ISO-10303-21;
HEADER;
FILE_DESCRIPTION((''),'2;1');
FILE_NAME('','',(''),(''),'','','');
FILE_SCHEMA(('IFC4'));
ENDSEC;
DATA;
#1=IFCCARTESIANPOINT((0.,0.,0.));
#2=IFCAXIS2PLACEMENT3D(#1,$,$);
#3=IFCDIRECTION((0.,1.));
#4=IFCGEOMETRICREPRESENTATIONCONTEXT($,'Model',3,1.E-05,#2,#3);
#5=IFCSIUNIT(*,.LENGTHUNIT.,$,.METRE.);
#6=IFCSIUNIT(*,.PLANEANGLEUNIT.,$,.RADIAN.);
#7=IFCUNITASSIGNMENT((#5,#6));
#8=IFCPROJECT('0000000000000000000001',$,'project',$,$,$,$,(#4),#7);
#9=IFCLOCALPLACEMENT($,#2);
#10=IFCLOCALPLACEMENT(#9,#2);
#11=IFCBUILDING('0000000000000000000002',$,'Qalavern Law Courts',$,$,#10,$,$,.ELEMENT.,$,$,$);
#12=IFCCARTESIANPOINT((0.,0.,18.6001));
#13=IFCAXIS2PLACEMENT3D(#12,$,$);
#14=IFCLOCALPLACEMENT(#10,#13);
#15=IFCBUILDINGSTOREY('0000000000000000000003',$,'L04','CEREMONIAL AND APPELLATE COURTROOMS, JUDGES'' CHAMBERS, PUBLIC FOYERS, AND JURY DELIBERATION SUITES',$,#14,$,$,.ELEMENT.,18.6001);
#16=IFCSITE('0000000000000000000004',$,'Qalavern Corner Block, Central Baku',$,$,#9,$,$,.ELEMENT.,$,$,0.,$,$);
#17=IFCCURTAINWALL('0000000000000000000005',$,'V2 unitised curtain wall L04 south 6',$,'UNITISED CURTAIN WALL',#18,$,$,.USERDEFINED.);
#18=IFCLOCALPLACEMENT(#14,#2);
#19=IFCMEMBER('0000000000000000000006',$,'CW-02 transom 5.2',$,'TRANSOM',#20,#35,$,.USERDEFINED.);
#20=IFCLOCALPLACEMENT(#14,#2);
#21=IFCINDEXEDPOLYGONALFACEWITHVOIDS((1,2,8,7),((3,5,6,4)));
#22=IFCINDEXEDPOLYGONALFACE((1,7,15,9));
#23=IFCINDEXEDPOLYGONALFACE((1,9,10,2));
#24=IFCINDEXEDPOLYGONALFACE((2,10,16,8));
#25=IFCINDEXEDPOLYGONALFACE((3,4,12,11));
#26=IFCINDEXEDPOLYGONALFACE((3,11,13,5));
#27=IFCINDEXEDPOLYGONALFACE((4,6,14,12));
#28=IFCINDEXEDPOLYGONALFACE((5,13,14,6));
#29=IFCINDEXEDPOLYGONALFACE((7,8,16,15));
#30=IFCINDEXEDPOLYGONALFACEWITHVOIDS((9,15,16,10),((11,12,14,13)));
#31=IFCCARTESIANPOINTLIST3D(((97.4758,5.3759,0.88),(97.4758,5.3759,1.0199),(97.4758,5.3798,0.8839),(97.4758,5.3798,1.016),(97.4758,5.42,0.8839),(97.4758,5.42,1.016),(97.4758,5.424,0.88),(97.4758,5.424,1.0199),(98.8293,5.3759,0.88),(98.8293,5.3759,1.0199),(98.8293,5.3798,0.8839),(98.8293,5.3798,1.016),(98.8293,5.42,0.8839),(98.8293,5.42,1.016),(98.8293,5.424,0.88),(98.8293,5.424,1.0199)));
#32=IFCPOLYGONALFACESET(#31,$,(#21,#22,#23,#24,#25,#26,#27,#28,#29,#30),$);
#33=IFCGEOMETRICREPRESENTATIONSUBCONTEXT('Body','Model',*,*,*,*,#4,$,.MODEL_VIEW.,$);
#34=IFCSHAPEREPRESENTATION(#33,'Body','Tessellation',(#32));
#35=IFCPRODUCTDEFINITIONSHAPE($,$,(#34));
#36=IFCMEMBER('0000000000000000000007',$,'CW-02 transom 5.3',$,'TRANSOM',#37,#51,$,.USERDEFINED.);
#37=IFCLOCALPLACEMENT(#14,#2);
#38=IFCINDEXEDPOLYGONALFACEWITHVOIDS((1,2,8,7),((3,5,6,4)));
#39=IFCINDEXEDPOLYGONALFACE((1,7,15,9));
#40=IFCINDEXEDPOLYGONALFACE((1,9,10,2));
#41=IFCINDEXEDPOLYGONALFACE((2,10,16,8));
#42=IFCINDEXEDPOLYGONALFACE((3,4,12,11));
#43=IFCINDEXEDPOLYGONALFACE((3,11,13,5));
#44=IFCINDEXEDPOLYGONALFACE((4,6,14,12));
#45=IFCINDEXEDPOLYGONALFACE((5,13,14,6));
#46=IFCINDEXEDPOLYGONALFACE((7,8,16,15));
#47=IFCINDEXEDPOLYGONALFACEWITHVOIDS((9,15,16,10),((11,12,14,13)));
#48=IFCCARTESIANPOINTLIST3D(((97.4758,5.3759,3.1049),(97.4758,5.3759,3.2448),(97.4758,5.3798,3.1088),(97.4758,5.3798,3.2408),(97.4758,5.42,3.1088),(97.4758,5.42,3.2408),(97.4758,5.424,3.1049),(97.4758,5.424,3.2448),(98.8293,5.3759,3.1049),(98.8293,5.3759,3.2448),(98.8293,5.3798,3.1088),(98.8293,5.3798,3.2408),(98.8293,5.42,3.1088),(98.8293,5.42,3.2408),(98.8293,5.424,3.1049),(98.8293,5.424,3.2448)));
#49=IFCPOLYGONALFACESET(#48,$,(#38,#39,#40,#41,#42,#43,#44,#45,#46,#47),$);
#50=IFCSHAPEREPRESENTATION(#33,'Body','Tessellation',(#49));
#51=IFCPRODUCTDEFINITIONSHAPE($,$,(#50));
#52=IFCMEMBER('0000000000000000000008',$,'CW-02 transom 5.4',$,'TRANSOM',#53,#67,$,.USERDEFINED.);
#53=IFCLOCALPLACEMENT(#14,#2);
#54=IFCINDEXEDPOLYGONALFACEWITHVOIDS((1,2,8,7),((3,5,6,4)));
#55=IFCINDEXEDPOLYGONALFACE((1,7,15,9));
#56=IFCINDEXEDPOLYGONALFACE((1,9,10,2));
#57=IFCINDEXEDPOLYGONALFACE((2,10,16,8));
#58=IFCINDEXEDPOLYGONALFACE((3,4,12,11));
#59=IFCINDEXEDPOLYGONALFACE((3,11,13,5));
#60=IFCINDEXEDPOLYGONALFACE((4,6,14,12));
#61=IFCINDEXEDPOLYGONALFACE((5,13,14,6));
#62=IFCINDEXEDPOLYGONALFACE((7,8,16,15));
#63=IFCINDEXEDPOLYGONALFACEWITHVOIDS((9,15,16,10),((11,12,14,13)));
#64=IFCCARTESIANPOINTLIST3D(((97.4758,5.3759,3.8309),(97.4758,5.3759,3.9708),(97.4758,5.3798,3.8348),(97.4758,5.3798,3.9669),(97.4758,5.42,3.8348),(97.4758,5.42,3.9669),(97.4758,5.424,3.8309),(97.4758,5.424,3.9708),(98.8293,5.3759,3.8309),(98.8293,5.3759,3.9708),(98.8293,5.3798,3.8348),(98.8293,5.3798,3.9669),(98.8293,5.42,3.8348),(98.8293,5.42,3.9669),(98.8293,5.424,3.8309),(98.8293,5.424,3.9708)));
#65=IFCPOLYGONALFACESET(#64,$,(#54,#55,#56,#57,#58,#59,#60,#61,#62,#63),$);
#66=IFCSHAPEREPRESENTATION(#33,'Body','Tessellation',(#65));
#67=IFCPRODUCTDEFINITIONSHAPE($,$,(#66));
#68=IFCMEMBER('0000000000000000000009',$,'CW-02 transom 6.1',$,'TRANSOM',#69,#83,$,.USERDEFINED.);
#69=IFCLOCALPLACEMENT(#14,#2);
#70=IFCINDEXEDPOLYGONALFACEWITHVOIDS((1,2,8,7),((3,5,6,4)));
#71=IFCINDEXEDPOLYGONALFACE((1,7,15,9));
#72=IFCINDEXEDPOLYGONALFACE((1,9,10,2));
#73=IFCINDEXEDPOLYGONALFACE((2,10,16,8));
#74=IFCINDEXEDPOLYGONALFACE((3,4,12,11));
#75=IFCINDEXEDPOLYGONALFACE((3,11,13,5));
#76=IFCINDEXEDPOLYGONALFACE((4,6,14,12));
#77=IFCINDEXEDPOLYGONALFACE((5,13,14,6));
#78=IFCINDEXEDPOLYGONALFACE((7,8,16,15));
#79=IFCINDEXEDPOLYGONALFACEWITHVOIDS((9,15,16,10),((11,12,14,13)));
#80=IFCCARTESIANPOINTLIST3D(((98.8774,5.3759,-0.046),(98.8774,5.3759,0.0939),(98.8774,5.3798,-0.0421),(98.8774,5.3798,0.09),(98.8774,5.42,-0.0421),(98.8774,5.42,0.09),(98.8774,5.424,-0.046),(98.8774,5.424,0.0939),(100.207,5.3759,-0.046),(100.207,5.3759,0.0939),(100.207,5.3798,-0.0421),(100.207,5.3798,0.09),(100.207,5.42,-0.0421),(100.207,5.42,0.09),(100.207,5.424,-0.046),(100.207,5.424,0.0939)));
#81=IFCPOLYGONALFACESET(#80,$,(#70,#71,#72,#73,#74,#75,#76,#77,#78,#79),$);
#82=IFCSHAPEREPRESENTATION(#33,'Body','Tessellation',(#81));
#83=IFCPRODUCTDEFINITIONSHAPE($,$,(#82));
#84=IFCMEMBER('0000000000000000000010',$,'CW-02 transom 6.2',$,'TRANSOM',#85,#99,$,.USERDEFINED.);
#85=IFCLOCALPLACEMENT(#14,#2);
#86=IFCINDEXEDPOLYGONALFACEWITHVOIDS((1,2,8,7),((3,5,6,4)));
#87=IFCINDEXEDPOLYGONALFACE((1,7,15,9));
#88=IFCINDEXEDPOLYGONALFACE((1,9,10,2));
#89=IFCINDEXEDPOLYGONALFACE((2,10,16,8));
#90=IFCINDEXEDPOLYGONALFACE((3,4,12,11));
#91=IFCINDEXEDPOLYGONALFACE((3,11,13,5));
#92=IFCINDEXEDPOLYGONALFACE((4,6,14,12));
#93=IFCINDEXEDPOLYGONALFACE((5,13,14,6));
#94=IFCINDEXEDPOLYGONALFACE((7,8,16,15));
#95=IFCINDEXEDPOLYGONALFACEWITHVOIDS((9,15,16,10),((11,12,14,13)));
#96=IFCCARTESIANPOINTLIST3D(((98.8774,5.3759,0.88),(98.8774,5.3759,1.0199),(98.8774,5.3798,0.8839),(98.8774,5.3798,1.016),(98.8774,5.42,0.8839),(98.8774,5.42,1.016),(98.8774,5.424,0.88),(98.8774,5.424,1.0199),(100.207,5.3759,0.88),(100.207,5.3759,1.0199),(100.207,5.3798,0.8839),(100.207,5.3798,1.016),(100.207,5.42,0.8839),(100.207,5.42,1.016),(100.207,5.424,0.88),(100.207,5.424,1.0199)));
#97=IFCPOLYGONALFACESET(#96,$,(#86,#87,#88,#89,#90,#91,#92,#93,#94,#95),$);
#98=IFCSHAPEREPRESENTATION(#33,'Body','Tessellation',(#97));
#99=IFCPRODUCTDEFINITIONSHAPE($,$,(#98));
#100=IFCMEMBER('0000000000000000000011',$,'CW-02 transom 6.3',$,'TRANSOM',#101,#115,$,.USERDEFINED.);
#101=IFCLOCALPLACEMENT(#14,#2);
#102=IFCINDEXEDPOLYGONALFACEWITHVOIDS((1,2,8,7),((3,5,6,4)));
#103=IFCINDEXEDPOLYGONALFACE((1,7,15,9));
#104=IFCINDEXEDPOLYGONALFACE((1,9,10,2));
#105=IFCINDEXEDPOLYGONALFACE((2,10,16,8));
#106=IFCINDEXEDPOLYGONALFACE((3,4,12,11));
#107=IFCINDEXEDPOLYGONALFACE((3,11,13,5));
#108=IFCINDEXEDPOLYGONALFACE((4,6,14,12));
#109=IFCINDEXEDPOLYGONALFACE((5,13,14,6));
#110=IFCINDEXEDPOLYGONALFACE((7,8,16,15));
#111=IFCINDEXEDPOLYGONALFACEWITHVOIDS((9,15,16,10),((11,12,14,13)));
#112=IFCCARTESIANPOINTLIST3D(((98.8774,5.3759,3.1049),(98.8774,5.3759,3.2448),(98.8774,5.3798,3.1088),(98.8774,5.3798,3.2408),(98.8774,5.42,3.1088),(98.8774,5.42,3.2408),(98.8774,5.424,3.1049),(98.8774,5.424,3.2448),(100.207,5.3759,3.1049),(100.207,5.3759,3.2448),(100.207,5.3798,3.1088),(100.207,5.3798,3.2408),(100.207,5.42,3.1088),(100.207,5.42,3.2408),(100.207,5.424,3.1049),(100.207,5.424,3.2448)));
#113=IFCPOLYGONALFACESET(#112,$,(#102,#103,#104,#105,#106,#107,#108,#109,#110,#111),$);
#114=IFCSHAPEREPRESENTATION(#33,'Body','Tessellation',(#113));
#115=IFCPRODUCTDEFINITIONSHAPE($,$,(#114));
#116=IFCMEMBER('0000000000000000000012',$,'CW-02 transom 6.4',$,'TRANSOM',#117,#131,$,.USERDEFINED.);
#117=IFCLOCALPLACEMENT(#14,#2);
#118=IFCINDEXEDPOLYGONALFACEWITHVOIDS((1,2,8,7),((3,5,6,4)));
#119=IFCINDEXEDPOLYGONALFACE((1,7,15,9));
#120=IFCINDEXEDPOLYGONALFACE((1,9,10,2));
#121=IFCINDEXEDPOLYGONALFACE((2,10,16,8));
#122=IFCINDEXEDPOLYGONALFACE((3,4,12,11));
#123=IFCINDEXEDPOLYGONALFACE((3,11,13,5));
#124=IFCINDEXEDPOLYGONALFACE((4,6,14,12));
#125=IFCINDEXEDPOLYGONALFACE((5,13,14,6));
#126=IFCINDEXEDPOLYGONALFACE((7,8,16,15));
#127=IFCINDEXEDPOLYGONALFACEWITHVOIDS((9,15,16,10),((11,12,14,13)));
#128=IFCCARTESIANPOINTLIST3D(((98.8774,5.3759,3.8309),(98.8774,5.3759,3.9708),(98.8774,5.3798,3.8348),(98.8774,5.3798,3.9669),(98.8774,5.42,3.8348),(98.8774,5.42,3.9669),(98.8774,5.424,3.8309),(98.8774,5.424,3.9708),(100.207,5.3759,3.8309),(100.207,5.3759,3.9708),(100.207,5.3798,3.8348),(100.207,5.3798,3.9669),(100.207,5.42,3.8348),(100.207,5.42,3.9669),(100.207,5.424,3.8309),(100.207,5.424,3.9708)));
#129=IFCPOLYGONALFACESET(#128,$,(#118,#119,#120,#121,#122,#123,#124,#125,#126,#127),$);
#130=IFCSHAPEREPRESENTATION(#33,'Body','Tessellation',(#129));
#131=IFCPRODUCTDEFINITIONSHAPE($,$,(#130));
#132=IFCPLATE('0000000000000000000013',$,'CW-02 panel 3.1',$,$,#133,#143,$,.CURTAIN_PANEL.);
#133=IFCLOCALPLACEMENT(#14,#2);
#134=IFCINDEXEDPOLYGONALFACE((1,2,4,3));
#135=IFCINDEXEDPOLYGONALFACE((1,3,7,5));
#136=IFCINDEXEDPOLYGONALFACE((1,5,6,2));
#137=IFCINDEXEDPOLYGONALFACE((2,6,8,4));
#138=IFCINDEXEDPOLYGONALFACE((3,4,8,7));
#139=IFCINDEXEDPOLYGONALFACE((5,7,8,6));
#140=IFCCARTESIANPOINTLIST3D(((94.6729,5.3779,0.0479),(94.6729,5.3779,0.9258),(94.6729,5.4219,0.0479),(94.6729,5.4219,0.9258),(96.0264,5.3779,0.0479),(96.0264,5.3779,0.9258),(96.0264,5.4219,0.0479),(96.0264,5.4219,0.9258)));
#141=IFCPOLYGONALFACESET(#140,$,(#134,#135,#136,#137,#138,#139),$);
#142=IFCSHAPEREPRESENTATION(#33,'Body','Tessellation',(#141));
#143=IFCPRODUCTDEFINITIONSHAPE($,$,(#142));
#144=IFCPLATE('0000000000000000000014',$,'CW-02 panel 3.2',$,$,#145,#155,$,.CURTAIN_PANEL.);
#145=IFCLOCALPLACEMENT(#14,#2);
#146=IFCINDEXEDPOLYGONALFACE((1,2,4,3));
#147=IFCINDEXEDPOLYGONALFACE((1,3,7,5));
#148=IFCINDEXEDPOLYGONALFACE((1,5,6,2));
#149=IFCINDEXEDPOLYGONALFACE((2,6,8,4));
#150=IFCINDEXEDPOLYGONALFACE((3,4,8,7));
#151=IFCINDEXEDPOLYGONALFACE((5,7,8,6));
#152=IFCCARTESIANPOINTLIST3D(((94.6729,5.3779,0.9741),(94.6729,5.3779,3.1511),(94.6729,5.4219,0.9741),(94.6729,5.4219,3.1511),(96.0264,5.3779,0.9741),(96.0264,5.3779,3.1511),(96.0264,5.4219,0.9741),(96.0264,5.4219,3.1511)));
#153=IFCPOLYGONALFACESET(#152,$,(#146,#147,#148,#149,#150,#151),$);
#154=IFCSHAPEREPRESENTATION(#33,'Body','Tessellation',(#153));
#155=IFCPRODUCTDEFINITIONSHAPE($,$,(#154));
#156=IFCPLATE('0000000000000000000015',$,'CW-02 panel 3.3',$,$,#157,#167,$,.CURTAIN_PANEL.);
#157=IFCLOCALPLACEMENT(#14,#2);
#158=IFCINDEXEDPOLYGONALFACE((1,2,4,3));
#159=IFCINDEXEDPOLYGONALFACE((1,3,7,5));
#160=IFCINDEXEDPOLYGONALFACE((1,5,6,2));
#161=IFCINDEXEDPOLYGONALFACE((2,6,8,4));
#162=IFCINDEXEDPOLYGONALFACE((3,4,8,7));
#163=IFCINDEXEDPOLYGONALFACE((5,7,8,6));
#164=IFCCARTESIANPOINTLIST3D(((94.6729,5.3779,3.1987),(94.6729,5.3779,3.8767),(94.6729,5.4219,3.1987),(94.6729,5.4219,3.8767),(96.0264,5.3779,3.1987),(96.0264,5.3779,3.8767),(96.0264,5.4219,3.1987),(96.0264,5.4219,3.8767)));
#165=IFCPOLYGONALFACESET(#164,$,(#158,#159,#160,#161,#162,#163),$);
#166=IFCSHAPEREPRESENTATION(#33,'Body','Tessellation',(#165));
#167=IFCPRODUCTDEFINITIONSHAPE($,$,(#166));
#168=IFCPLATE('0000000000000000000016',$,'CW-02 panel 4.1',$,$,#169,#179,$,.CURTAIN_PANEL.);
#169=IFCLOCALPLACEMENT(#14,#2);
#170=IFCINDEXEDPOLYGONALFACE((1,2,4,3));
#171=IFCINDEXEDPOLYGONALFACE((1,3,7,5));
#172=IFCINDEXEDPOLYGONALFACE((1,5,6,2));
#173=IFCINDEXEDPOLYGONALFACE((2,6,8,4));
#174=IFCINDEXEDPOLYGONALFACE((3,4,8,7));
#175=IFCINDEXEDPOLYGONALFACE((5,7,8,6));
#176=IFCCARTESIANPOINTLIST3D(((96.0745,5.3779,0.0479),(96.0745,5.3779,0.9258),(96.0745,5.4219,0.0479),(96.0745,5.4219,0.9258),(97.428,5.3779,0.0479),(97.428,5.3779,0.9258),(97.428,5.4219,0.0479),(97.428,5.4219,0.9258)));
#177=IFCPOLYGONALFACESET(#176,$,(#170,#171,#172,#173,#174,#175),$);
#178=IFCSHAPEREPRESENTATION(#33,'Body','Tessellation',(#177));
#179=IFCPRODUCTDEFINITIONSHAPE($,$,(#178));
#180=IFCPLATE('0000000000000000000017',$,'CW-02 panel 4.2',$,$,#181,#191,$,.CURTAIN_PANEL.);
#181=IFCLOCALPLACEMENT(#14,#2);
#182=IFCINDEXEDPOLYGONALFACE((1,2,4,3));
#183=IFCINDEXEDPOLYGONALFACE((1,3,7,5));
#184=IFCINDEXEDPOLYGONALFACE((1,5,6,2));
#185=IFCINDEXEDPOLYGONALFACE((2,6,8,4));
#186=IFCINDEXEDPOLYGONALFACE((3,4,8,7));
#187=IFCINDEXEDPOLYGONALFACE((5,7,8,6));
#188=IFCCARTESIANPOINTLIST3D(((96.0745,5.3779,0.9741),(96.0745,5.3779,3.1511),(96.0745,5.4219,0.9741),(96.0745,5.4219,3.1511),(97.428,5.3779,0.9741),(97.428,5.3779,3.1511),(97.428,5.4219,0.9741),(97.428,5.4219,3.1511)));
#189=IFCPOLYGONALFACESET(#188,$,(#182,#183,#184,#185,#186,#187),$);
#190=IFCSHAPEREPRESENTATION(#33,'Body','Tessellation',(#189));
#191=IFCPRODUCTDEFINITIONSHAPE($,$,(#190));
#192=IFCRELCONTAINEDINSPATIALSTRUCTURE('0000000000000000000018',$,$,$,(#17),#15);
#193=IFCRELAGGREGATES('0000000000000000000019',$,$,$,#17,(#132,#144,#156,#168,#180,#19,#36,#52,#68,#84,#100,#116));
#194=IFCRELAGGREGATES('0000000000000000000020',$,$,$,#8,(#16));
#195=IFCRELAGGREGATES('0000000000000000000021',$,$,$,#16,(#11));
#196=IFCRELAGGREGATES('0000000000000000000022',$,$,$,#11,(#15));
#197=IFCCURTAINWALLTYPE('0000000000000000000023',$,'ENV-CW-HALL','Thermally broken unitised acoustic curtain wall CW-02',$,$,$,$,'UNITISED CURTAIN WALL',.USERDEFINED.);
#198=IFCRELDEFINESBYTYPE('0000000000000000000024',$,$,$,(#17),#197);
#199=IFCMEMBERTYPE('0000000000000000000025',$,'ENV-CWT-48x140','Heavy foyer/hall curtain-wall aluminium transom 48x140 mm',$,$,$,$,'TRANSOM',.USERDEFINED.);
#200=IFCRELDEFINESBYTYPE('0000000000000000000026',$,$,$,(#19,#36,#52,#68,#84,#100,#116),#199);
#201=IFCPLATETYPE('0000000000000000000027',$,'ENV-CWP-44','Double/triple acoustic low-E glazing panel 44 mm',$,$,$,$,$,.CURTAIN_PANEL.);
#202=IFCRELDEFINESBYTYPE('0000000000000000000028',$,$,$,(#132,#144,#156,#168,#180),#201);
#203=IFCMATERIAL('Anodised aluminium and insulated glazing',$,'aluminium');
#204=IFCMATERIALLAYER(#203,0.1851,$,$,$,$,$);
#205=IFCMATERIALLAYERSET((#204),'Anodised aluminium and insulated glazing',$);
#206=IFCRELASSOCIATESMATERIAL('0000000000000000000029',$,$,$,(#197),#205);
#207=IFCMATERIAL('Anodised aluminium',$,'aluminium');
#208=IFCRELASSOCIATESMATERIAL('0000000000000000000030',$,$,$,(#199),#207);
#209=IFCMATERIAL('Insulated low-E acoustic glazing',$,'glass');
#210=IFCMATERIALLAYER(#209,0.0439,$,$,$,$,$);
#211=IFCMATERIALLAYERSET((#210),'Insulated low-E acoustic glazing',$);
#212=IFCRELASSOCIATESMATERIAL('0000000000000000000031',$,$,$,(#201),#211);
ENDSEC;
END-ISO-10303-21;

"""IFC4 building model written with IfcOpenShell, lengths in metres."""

from ifc_helpers import new_model, si_unit, direction, frame, origin, origin_2d, place, context, subcontext, project, spatial, rectangle, hollow_rectangle, extrude, material, layer, layer_set, material_profile, profile_set, type_object, element, aggregate, save


model = new_model("IFC4")

# Units and contexts
model_context = context("Model", 3, precision=1e-05, world=origin(), true_north=direction((0.0, 1.0)))
body_context = subcontext(model_context, "Body", "Model", "MODEL_VIEW")
ifc_project = project(units=[si_unit("LENGTHUNIT", "METRE"), si_unit("PLANEANGLEUNIT", "RADIAN")], contexts=[model_context])

# Site, building, storey
site_placement = place(None, origin())
site = spatial("IfcSite", under=ifc_project, at=site_placement, Name="Qalavern Corner Block, Central Baku", CompositionType="ELEMENT", RefElevation=0.0)
building_placement = place(site_placement, origin())
building = spatial("IfcBuilding", under=site, at=building_placement, Name="Qalavern Law Courts", CompositionType="ELEMENT")
storey_placement = place(building_placement, frame((0.0, 0.0, 18.6001)))
storey = spatial("IfcBuildingStorey", under=building, at=storey_placement, Name="L04", Description="CEREMONIAL AND APPELLATE COURTROOMS, JUDGES' CHAMBERS, PUBLIC FOYERS, AND JURY DELIBERATION SUITES", CompositionType="ELEMENT", Elevation=18.6001)

# Curtain wall, members, plates
ifc_material_1 = material(Name="Anodised aluminium and insulated glazing", Category="aluminium")
ifc_layer_1 = layer(ifc_material_1, 0.1851)
ifc_layer_set_1 = layer_set([ifc_layer_1], Name="Anodised aluminium and insulated glazing")
curtain_wall_type = type_object("IfcCurtainWallType", Name="ENV-CW-HALL", Description="Thermally broken unitised acoustic curtain wall CW-02", ElementType="UNITISED CURTAIN WALL", PredefinedType="USERDEFINED", material=ifc_layer_set_1)
curtain_wall_placement = place(storey_placement, origin())
curtain_wall = element("IfcCurtainWall", 1, at=curtain_wall_placement, inside=storey, type_object=curtain_wall_type, Name="V2 unitised curtain wall L04 south 6", ObjectType="UNITISED CURTAIN WALL", PredefinedType="USERDEFINED")
ifc_material_2 = material(Name="Anodised aluminium", Category="aluminium")
ifc_material_profile_1 = material_profile(ifc_material_2, hollow_rectangle(XDim=0.0481, YDim=0.1399, WallThickness=0.0039, at=origin_2d()), Name="ALU TRANSOM 48x140")
ifc_profile_set_1 = profile_set([ifc_material_profile_1], Name="Anodised aluminium")
member_type_1 = type_object("IfcMemberType", Name="ENV-CWT-48x140", Description="Heavy foyer/hall curtain-wall aluminium transom 48x140 mm", ElementType="TRANSOM", PredefinedType="USERDEFINED", material=ifc_profile_set_1)
member_1_placement = place(storey_placement, frame((97.4758, 5.3999, 0.95), z_axis=(1.0, 0.0, 0.0), x_axis=(0.0, 1.0, 0.0)))
member_1 = element("IfcMember", 2, at=member_1_placement, type_object=member_type_1, Name="CW-02 transom 5.2", ObjectType="TRANSOM", PredefinedType="USERDEFINED", context=body_context, shape_type="SweptSolid", body=[
    extrude(hollow_rectangle(XDim=0.0481, YDim=0.1399, WallThickness=0.0039, at=origin_2d()), origin(), (0.0, 0.0, 1.0), 1.3535),
])
member_2_placement = place(storey_placement, frame((97.4758, 5.3999, 3.1748), z_axis=(1.0, 0.0, 0.0), x_axis=(0.0, 1.0, 0.0)))
member_2 = element("IfcMember", 3, at=member_2_placement, type_object=member_type_1, Name="CW-02 transom 5.3", ObjectType="TRANSOM", PredefinedType="USERDEFINED", context=body_context, shape_type="SweptSolid", body=[
    extrude(hollow_rectangle(XDim=0.0481, YDim=0.1399, WallThickness=0.0039, at=origin_2d()), origin(), (0.0, 0.0, 1.0), 1.3535),
])
member_3_placement = place(storey_placement, frame((97.4758, 5.3999, 3.9009), z_axis=(1.0, 0.0, 0.0), x_axis=(0.0, 1.0, 0.0)))
member_3 = element("IfcMember", 4, at=member_3_placement, type_object=member_type_1, Name="CW-02 transom 5.4", ObjectType="TRANSOM", PredefinedType="USERDEFINED", context=body_context, shape_type="SweptSolid", body=[
    extrude(hollow_rectangle(XDim=0.0481, YDim=0.1399, WallThickness=0.0039, at=origin_2d()), origin(), (0.0, 0.0, 1.0), 1.3535),
])
member_4_placement = place(storey_placement, frame((98.8774, 5.3999, 0.0239), z_axis=(1.0, 0.0, 0.0), x_axis=(0.0, 1.0, 0.0)))
member_4 = element("IfcMember", 5, at=member_4_placement, type_object=member_type_1, Name="CW-02 transom 6.1", ObjectType="TRANSOM", PredefinedType="USERDEFINED", context=body_context, shape_type="SweptSolid", body=[
    extrude(hollow_rectangle(XDim=0.0481, YDim=0.1399, WallThickness=0.0039, at=origin_2d()), origin(), (0.0, 0.0, 1.0), 1.3296),
])
member_5_placement = place(storey_placement, frame((98.8774, 5.3999, 0.95), z_axis=(1.0, 0.0, 0.0), x_axis=(0.0, 1.0, 0.0)))
member_5 = element("IfcMember", 6, at=member_5_placement, type_object=member_type_1, Name="CW-02 transom 6.2", ObjectType="TRANSOM", PredefinedType="USERDEFINED", context=body_context, shape_type="SweptSolid", body=[
    extrude(hollow_rectangle(XDim=0.0481, YDim=0.1399, WallThickness=0.0039, at=origin_2d()), origin(), (0.0, 0.0, 1.0), 1.3296),
])
member_6_placement = place(storey_placement, frame((98.8774, 5.3999, 3.1748), z_axis=(1.0, 0.0, 0.0), x_axis=(0.0, 1.0, 0.0)))
member_6 = element("IfcMember", 7, at=member_6_placement, type_object=member_type_1, Name="CW-02 transom 6.3", ObjectType="TRANSOM", PredefinedType="USERDEFINED", context=body_context, shape_type="SweptSolid", body=[
    extrude(hollow_rectangle(XDim=0.0481, YDim=0.1399, WallThickness=0.0039, at=origin_2d()), origin(), (0.0, 0.0, 1.0), 1.3296),
])
member_7_placement = place(storey_placement, frame((98.8774, 5.3999, 3.9009), z_axis=(1.0, 0.0, 0.0), x_axis=(0.0, 1.0, 0.0)))
member_7 = element("IfcMember", 8, at=member_7_placement, type_object=member_type_1, Name="CW-02 transom 6.4", ObjectType="TRANSOM", PredefinedType="USERDEFINED", context=body_context, shape_type="SweptSolid", body=[
    extrude(hollow_rectangle(XDim=0.0481, YDim=0.1399, WallThickness=0.0039, at=origin_2d()), origin(), (0.0, 0.0, 1.0), 1.3296),
])
ifc_material_3 = material(Name="Insulated low-E acoustic glazing", Category="glass")
ifc_layer_2 = layer(ifc_material_3, 0.0439)
ifc_layer_set_2 = layer_set([ifc_layer_2], Name="Insulated low-E acoustic glazing")
plate_type = type_object("IfcPlateType", Name="ENV-CWP-44", Description="Double/triple acoustic low-E glazing panel 44 mm", PredefinedType="CURTAIN_PANEL", material=ifc_layer_set_2)
plate_1_placement = place(storey_placement, frame((95.3496, 5.3999, 0.0479), z_axis=(0.0, 0.0, 1.0), x_axis=(1.0, 0.0, 0.0)))
plate_1 = element("IfcPlate", 9, at=plate_1_placement, type_object=plate_type, Name="CW-02 panel 3.1", PredefinedType="CURTAIN_PANEL", context=body_context, shape_type="SweptSolid", body=[
    extrude(rectangle(XDim=1.3535, YDim=0.0439, at=origin_2d()), origin(), (0.0, 0.0, 1.0), 0.8779),
])
plate_2_placement = place(storey_placement, frame((95.3496, 5.3999, 0.9741), z_axis=(0.0, 0.0, 1.0), x_axis=(1.0, 0.0, 0.0)))
plate_2 = element("IfcPlate", 10, at=plate_2_placement, type_object=plate_type, Name="CW-02 panel 3.2", PredefinedType="CURTAIN_PANEL", context=body_context, shape_type="SweptSolid", body=[
    extrude(rectangle(XDim=1.3535, YDim=0.0439, at=origin_2d()), origin(), (0.0, 0.0, 1.0), 2.177),
])
plate_3_placement = place(storey_placement, frame((95.3496, 5.3999, 3.1987), z_axis=(0.0, 0.0, 1.0), x_axis=(1.0, 0.0, 0.0)))
plate_3 = element("IfcPlate", 11, at=plate_3_placement, type_object=plate_type, Name="CW-02 panel 3.3", PredefinedType="CURTAIN_PANEL", context=body_context, shape_type="SweptSolid", body=[
    extrude(rectangle(XDim=1.3535, YDim=0.0439, at=origin_2d()), origin(), (0.0, 0.0, 1.0), 0.678),
])
plate_4_placement = place(storey_placement, frame((96.7512, 5.3999, 0.0479), z_axis=(0.0, 0.0, 1.0), x_axis=(1.0, 0.0, 0.0)))
plate_4 = element("IfcPlate", 12, at=plate_4_placement, type_object=plate_type, Name="CW-02 panel 4.1", PredefinedType="CURTAIN_PANEL", context=body_context, shape_type="SweptSolid", body=[
    extrude(rectangle(XDim=1.3535, YDim=0.0439, at=origin_2d()), origin(), (0.0, 0.0, 1.0), 0.8779),
])
plate_5_placement = place(storey_placement, frame((96.7512, 5.3999, 0.9741), z_axis=(0.0, 0.0, 1.0), x_axis=(1.0, 0.0, 0.0)))
plate_5 = element("IfcPlate", 13, at=plate_5_placement, type_object=plate_type, Name="CW-02 panel 4.2", PredefinedType="CURTAIN_PANEL", context=body_context, shape_type="SweptSolid", body=[
    extrude(rectangle(XDim=1.3535, YDim=0.0439, at=origin_2d()), origin(), (0.0, 0.0, 1.0), 2.177),
])
aggregate(curtain_wall, [plate_1, plate_2, plate_3, plate_4, plate_5, member_1, member_2, member_3, member_4, member_5, member_6, member_7])

save(model, "model.ifc")
